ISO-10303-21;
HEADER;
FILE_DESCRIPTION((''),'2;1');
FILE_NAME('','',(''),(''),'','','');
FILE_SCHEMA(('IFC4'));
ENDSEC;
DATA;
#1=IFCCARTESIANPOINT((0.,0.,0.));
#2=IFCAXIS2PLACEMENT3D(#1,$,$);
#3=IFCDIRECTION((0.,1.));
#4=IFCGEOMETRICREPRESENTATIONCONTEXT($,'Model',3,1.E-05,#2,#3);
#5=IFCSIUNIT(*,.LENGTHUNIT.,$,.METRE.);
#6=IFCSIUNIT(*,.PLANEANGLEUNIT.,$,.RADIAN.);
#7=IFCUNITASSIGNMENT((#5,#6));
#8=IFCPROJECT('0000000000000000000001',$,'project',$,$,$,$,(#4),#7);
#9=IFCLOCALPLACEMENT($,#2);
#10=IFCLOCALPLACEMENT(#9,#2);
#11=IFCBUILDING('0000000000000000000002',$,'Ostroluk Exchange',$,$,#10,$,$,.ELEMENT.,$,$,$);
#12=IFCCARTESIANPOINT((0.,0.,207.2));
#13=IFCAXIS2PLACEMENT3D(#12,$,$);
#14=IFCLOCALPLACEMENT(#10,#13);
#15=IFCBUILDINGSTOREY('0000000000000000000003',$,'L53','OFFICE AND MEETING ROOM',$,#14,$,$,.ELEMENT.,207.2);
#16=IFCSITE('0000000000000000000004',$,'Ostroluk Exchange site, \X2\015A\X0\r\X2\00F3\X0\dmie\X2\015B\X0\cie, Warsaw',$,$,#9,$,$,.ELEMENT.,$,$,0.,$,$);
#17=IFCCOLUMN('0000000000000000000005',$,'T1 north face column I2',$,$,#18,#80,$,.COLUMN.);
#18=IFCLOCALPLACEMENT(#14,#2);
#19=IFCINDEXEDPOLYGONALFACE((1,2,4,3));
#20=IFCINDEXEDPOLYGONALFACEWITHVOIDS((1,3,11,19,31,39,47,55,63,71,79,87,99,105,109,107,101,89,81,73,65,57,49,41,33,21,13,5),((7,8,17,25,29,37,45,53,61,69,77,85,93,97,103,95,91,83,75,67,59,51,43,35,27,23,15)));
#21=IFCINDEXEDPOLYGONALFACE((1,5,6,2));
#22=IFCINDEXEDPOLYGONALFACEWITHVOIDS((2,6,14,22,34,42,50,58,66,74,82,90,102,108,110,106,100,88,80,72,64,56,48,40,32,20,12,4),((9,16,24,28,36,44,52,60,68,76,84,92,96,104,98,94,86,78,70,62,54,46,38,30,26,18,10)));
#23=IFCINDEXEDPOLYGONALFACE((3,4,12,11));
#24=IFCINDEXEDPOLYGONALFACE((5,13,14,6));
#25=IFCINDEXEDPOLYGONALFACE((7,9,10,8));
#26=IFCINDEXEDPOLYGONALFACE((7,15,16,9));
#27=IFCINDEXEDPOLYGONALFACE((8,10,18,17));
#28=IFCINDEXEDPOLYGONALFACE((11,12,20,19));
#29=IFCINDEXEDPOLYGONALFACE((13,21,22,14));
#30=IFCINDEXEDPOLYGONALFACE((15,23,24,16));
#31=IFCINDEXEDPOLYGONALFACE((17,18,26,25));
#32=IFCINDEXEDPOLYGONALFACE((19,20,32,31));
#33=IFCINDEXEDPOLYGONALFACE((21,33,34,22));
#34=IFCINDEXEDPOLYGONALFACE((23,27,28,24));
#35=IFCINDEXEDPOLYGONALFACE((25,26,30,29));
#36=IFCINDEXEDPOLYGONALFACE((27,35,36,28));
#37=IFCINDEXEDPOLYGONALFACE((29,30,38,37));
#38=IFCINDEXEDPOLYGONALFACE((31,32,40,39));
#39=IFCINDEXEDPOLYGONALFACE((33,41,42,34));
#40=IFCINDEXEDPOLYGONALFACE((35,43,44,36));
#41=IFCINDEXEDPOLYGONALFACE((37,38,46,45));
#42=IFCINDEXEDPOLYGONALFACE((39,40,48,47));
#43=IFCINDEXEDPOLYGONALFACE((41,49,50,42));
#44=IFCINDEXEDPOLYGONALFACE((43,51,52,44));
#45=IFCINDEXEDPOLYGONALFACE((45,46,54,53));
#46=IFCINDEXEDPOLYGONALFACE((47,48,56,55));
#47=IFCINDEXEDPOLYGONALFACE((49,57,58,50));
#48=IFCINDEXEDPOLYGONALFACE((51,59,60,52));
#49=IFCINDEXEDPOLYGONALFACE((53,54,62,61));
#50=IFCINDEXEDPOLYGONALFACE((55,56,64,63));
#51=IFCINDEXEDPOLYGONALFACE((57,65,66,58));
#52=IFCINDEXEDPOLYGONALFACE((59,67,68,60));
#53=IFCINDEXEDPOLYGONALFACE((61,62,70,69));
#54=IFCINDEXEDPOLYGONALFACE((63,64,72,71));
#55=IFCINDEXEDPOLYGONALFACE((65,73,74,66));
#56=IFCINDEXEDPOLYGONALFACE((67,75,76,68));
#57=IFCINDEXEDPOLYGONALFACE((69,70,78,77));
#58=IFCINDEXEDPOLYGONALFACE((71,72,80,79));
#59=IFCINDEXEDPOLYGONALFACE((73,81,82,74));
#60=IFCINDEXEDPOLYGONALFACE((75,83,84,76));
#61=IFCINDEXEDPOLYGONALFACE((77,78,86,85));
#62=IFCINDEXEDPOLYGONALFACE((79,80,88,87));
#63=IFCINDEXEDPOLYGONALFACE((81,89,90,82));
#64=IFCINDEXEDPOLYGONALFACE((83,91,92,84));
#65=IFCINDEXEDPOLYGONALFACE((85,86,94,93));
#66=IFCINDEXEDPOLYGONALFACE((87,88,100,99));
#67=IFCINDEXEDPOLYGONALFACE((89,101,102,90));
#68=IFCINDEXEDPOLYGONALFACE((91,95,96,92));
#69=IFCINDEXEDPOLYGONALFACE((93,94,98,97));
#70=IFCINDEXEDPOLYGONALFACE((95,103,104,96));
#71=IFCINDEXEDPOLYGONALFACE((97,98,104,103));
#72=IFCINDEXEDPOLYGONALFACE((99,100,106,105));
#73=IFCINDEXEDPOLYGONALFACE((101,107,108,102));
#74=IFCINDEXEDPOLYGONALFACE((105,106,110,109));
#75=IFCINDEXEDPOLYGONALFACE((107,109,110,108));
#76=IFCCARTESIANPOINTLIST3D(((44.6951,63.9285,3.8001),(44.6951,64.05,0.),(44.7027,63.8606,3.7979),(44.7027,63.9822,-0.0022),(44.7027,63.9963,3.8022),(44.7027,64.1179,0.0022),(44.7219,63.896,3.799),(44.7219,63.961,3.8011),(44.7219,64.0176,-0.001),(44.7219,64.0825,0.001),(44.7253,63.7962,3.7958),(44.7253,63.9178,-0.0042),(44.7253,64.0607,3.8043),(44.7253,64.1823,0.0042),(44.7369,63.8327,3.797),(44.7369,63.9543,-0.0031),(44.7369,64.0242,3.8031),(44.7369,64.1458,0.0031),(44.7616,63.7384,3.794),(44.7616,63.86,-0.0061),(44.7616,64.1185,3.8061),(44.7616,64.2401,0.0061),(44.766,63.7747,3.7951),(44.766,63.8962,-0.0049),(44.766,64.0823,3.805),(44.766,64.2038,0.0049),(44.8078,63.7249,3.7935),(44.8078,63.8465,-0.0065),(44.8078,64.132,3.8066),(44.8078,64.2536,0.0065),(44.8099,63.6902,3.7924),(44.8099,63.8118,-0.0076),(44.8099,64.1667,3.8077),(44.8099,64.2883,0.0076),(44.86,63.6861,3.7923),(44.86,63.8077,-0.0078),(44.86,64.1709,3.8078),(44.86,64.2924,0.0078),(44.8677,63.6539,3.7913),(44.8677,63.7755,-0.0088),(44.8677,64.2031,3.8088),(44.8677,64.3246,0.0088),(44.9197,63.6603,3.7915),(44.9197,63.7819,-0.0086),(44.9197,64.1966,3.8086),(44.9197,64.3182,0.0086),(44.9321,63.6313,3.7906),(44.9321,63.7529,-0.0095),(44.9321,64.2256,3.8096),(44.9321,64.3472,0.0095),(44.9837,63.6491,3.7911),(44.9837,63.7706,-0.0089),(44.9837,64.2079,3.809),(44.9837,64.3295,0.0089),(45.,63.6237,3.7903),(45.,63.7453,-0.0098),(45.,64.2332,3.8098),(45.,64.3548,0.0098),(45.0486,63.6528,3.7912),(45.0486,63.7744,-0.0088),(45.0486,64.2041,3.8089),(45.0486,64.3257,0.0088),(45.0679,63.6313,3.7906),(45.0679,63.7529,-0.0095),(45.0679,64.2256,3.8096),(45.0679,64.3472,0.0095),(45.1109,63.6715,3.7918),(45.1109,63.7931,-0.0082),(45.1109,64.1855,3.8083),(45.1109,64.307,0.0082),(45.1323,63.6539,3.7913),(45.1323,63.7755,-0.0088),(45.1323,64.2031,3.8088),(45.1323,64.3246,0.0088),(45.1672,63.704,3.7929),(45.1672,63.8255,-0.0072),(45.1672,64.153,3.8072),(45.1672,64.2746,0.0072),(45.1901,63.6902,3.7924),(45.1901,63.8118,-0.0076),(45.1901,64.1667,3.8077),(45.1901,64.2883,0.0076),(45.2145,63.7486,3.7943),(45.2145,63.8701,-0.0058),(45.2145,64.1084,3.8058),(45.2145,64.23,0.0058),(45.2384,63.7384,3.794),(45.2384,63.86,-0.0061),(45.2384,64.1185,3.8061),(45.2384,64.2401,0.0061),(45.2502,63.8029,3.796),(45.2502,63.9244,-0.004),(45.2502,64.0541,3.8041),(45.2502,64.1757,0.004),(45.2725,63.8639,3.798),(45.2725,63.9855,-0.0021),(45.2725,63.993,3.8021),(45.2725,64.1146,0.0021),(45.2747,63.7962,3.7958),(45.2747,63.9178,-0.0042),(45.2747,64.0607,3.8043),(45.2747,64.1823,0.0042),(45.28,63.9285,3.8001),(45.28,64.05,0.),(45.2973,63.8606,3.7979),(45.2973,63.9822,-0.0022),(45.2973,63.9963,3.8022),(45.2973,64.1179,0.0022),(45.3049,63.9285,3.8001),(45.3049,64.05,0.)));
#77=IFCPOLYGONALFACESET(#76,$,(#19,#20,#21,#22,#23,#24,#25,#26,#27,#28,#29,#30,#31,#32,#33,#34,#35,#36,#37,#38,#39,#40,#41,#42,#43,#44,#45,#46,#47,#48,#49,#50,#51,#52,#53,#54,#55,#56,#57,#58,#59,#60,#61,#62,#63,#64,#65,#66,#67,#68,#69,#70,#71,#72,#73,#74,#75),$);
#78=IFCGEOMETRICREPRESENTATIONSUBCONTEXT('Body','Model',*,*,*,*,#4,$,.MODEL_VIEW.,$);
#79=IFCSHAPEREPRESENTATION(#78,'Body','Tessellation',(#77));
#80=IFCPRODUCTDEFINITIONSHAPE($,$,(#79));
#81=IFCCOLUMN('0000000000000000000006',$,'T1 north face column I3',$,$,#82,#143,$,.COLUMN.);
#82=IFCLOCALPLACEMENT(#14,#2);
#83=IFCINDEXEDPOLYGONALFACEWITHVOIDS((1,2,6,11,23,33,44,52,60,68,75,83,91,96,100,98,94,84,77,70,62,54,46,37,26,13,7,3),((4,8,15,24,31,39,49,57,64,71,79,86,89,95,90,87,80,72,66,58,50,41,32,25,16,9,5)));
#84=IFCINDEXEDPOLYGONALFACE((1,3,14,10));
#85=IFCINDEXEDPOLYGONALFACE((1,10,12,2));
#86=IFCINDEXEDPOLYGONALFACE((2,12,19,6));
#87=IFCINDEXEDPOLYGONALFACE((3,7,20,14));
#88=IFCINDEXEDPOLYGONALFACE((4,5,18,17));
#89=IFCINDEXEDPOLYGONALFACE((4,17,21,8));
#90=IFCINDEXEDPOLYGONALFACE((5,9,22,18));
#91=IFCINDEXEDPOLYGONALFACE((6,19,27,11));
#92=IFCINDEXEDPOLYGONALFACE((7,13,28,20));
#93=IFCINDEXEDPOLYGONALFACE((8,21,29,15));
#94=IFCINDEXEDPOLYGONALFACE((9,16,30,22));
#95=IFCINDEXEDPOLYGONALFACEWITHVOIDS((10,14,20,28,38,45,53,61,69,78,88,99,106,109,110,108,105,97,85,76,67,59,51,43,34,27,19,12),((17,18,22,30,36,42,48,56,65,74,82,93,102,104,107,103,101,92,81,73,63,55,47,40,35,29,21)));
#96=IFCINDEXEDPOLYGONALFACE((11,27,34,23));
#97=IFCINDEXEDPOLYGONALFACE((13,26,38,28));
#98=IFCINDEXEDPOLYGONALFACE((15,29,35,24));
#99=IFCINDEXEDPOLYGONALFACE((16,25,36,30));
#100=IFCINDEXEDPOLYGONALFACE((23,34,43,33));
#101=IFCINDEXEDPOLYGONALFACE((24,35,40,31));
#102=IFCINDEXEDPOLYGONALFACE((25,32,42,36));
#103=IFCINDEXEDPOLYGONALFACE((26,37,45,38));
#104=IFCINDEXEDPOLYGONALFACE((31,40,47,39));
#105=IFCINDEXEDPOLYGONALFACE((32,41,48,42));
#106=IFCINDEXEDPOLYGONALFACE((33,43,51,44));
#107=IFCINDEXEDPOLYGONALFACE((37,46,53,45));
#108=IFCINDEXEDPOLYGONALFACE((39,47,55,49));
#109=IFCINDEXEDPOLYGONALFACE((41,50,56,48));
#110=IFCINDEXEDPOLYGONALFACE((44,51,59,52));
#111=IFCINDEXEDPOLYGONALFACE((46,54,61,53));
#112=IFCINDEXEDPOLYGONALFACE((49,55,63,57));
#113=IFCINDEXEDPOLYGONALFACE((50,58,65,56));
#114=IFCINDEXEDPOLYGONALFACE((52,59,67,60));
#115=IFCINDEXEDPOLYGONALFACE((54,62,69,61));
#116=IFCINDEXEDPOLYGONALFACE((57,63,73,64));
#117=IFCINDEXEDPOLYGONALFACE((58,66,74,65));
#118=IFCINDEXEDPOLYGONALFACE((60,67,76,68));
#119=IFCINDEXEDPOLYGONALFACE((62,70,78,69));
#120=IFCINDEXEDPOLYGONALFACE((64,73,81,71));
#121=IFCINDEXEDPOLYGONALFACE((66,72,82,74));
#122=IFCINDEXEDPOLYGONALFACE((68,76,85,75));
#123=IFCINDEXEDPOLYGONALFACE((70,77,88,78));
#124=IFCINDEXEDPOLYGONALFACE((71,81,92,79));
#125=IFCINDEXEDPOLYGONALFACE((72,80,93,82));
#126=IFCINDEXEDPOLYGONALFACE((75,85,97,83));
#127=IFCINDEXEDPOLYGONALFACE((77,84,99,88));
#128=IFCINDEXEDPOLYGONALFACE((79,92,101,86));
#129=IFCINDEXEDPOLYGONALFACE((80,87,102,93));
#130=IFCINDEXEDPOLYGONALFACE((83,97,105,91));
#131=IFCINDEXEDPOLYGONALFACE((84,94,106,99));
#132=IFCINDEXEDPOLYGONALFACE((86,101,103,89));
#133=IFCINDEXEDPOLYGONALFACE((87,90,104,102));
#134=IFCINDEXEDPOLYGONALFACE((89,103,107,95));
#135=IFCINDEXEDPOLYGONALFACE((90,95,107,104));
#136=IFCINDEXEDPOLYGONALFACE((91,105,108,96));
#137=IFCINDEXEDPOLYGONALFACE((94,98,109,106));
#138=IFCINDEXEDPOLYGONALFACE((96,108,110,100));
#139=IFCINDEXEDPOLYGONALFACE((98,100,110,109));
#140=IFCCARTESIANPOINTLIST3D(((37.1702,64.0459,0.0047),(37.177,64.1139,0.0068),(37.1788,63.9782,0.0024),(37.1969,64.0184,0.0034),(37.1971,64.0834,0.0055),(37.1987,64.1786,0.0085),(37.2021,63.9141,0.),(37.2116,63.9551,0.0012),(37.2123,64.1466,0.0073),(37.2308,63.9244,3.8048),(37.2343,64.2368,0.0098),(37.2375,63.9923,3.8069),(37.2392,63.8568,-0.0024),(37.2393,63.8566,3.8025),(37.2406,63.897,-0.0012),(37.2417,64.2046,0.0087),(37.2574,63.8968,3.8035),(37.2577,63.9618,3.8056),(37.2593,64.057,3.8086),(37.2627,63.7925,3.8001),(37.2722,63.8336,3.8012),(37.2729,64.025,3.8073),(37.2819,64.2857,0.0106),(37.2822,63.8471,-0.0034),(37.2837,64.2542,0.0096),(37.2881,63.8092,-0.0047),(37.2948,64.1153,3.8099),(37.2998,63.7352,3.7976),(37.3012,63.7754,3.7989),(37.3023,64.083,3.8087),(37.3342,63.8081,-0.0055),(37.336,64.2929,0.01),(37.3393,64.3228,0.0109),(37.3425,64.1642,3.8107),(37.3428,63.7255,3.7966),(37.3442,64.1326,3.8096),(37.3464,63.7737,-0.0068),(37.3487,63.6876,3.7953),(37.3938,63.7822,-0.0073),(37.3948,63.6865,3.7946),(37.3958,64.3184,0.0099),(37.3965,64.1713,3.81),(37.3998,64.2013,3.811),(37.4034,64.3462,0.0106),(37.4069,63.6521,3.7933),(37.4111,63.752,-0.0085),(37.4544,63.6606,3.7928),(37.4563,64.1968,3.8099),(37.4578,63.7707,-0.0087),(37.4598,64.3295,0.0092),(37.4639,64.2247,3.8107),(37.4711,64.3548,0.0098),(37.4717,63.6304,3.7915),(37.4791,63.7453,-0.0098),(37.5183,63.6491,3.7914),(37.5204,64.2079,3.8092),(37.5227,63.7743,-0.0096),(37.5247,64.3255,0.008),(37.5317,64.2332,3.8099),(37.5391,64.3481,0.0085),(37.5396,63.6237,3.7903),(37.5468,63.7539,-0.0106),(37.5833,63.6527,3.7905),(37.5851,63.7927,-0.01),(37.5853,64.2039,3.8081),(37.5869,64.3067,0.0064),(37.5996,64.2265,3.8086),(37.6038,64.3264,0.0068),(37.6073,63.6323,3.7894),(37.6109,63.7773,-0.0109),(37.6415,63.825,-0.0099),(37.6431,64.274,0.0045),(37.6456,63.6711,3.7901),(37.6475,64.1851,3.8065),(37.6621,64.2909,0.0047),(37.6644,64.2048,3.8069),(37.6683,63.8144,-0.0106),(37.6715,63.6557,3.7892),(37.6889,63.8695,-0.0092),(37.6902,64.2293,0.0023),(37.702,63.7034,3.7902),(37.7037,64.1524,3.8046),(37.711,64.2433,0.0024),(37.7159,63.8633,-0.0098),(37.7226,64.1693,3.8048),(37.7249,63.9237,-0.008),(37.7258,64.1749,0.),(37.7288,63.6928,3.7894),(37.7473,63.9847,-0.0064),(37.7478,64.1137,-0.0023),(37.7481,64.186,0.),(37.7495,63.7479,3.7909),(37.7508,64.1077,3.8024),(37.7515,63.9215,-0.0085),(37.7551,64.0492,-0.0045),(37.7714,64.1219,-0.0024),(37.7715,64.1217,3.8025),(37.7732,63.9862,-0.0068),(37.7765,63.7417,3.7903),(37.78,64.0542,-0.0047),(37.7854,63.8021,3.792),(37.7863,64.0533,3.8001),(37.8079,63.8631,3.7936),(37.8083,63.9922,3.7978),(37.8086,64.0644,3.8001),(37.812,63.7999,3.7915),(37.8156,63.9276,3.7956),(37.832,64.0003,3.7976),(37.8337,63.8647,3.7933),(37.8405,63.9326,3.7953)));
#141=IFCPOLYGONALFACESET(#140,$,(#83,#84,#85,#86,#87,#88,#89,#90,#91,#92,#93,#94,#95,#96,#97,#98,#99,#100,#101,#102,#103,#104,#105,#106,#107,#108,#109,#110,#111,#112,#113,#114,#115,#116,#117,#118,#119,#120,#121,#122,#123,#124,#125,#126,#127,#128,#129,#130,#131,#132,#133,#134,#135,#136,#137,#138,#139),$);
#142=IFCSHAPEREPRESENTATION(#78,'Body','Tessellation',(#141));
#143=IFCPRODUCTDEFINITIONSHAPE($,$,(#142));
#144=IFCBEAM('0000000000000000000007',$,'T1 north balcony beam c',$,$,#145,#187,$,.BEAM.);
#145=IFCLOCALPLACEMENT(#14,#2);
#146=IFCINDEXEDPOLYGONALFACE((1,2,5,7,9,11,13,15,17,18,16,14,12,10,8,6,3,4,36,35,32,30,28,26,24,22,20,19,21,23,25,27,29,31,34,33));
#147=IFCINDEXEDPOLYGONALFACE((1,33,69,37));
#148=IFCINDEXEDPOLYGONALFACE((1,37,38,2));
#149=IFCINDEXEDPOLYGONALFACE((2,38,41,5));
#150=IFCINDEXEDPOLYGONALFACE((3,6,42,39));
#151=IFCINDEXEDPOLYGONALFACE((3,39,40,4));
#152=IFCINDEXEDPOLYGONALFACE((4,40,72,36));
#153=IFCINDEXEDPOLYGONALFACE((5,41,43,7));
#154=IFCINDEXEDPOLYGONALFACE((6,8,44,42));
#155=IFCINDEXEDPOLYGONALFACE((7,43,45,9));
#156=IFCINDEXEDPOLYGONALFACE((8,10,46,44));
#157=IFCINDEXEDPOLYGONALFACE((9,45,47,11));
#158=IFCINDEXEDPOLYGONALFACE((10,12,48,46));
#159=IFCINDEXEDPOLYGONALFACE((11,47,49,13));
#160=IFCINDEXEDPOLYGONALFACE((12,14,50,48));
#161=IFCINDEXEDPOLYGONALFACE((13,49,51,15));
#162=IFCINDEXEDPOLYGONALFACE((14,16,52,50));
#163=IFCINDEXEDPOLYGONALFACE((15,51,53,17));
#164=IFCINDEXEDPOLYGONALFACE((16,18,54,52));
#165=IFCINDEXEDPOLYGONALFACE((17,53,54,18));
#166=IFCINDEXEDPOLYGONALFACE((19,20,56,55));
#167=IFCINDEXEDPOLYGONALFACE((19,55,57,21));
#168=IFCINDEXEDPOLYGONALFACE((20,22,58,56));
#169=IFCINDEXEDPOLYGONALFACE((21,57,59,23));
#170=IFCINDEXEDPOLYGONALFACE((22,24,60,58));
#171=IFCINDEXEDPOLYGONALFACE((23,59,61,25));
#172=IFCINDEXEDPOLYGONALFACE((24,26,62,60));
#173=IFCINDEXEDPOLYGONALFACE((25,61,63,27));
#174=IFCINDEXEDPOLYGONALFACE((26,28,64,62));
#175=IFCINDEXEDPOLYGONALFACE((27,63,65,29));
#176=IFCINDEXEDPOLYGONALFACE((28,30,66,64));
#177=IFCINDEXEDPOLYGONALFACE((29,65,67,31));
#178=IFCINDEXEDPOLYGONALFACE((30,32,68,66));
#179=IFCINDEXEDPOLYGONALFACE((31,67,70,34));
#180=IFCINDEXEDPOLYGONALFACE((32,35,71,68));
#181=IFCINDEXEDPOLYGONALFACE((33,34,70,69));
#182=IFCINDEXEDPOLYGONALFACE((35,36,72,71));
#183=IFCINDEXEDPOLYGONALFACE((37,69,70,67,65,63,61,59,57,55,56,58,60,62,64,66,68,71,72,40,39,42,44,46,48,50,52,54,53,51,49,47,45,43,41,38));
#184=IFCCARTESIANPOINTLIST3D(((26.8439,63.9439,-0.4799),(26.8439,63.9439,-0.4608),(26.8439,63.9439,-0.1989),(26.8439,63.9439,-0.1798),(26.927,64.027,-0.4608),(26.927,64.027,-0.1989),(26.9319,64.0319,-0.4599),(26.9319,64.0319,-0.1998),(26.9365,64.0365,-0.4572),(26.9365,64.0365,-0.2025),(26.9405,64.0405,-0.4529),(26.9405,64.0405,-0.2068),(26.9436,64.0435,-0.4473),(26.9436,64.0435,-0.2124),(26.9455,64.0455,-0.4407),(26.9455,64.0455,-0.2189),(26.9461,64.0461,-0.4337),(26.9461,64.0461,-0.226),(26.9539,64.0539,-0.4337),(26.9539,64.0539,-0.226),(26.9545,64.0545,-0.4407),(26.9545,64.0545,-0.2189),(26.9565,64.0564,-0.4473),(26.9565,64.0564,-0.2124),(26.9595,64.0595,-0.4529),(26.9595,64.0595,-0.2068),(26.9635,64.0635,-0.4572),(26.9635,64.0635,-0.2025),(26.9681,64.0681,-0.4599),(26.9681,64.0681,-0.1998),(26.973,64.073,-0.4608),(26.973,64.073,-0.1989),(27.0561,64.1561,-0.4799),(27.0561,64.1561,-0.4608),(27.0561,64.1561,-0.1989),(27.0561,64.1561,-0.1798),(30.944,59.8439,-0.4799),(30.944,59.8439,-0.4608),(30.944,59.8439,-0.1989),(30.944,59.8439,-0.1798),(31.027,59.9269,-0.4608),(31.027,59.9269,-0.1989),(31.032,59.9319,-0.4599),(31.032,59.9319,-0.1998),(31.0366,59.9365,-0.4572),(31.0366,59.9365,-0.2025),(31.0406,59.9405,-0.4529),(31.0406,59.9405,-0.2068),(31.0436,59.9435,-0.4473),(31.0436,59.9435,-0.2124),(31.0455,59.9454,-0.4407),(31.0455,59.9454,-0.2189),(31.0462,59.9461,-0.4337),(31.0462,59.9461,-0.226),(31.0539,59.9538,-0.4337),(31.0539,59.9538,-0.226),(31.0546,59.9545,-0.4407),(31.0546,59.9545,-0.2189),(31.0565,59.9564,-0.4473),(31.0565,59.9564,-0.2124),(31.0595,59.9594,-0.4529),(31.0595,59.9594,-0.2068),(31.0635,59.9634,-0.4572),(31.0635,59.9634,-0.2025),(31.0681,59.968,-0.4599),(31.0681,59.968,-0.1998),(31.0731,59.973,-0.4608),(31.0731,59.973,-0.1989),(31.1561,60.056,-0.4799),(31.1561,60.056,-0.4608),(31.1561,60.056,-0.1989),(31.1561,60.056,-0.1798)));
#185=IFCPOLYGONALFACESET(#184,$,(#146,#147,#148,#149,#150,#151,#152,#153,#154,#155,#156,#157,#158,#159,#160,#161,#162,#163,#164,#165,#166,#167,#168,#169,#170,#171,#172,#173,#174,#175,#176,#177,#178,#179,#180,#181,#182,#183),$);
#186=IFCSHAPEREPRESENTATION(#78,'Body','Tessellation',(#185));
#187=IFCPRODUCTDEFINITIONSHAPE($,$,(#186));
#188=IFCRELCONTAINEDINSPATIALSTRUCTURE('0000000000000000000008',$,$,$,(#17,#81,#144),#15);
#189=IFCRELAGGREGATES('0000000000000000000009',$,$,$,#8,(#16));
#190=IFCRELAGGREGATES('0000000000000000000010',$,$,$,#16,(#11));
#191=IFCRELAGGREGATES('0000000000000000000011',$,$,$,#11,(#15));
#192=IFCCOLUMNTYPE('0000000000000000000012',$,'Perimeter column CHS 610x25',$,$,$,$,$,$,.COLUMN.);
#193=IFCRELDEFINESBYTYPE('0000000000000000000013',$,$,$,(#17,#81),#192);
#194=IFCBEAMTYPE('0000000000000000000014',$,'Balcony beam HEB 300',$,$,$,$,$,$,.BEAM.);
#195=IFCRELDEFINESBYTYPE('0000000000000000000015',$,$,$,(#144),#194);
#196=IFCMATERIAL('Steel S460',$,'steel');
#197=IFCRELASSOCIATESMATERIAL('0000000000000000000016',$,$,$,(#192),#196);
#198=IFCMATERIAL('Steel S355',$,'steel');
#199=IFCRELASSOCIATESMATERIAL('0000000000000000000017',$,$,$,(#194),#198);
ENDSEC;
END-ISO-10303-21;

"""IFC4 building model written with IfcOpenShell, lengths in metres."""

from ifc_helpers import new_model, si_unit, direction, frame, origin, origin_2d, place, context, subcontext, project, spatial, hollow_circle, i_section, extrude, material, material_profile, profile_set, type_object, element, save


model = new_model("IFC4")

# Units and contexts
model_context = context("Model", 3, precision=1e-05, world=origin(), true_north=direction((0.0, 1.0)))
body_context = subcontext(model_context, "Body", "Model", "MODEL_VIEW")
ifc_project = project(units=[si_unit("LENGTHUNIT", "METRE"), si_unit("PLANEANGLEUNIT", "RADIAN")], contexts=[model_context])

# Site, building, storey
site_placement = place(None, origin())
site = spatial("IfcSite", under=ifc_project, at=site_placement, Name="Ostroluk Exchange site, Śródmieście, Warsaw", CompositionType="ELEMENT", RefElevation=0.0)
building_placement = place(site_placement, origin())
building = spatial("IfcBuilding", under=site, at=building_placement, Name="Ostroluk Exchange", CompositionType="ELEMENT")
storey_placement = place(building_placement, frame((0.0, 0.0, 207.2)))
storey = spatial("IfcBuildingStorey", under=building, at=storey_placement, Name="L53", Description="OFFICE AND MEETING ROOM", CompositionType="ELEMENT", Elevation=207.2)

# Columns
ifc_material_1 = material(Name="Steel S460", Category="steel")
ifc_material_profile_1 = material_profile(ifc_material_1, hollow_circle(Radius=0.3049, WallThickness=0.0249, at=origin_2d()), Name="CHS 610x25")
ifc_profile_set_1 = profile_set([ifc_material_profile_1], Name="Steel S460")
column_type = type_object("IfcColumnType", Name="Perimeter column CHS 610x25", PredefinedType="COLUMN", material=ifc_profile_set_1)
column_1_placement = place(storey_placement, frame((45.0, 64.05, 0.0), z_axis=(0.0, -0.031978, 0.999489), x_axis=(1.0, 0.0, 0.0)))
element("IfcColumn", 1, at=column_1_placement, inside=storey, type_object=column_type, Name="T1 north face column I2", PredefinedType="COLUMN", context=body_context, shape_type="SweptSolid", body=[
    extrude(hollow_circle(Radius=0.3049, WallThickness=0.0249, at=origin_2d()), origin(), (0.0, 0.0, 1.0), 3.802),
])
column_2_placement = place(storey_placement, frame((37.4751, 64.05, 0.0), z_axis=(0.015923, -0.031974, 0.999362), x_axis=(0.895145, 0.445775, 0.0)))
element("IfcColumn", 2, at=column_2_placement, inside=storey, type_object=column_type, Name="T1 north face column I3", PredefinedType="COLUMN", context=body_context, shape_type="SweptSolid", body=[
    extrude(hollow_circle(Radius=0.3049, WallThickness=0.0249, at=origin_2d()), origin(), (0.0, 0.0, 1.0), 3.8025),
])

# Beam
ifc_material_2 = material(Name="Steel S355", Category="steel")
ifc_material_profile_2 = material_profile(ifc_material_2, i_section(OverallWidth=0.3, OverallDepth=0.3, WebThickness=0.011, FlangeThickness=0.019, FilletRadius=0.0271, at=origin_2d()), Name="HEB 300")
ifc_profile_set_2 = profile_set([ifc_material_profile_2], Name="Steel S355")
beam_type_1 = type_object("IfcBeamType", Name="Balcony beam HEB 300", PredefinedType="BEAM", material=ifc_profile_set_2)
beam_1_placement = place(storey_placement, frame((31.05, 59.95, -0.3298), z_axis=(-0.707107, 0.707107, 0.0), x_axis=(-0.707107, -0.707107, 0.0)))
element("IfcBeam", 3, at=beam_1_placement, inside=storey, type_object=beam_type_1, Name="T1 north balcony beam c", PredefinedType="BEAM", context=body_context, shape_type="SweptSolid", body=[
    extrude(i_section(OverallWidth=0.3, OverallDepth=0.3, WebThickness=0.011, FlangeThickness=0.019, FilletRadius=0.0271, at=origin_2d()), origin(), (0.0, 0.0, 1.0), 5.7983),
])

save(model, "model.ifc")
